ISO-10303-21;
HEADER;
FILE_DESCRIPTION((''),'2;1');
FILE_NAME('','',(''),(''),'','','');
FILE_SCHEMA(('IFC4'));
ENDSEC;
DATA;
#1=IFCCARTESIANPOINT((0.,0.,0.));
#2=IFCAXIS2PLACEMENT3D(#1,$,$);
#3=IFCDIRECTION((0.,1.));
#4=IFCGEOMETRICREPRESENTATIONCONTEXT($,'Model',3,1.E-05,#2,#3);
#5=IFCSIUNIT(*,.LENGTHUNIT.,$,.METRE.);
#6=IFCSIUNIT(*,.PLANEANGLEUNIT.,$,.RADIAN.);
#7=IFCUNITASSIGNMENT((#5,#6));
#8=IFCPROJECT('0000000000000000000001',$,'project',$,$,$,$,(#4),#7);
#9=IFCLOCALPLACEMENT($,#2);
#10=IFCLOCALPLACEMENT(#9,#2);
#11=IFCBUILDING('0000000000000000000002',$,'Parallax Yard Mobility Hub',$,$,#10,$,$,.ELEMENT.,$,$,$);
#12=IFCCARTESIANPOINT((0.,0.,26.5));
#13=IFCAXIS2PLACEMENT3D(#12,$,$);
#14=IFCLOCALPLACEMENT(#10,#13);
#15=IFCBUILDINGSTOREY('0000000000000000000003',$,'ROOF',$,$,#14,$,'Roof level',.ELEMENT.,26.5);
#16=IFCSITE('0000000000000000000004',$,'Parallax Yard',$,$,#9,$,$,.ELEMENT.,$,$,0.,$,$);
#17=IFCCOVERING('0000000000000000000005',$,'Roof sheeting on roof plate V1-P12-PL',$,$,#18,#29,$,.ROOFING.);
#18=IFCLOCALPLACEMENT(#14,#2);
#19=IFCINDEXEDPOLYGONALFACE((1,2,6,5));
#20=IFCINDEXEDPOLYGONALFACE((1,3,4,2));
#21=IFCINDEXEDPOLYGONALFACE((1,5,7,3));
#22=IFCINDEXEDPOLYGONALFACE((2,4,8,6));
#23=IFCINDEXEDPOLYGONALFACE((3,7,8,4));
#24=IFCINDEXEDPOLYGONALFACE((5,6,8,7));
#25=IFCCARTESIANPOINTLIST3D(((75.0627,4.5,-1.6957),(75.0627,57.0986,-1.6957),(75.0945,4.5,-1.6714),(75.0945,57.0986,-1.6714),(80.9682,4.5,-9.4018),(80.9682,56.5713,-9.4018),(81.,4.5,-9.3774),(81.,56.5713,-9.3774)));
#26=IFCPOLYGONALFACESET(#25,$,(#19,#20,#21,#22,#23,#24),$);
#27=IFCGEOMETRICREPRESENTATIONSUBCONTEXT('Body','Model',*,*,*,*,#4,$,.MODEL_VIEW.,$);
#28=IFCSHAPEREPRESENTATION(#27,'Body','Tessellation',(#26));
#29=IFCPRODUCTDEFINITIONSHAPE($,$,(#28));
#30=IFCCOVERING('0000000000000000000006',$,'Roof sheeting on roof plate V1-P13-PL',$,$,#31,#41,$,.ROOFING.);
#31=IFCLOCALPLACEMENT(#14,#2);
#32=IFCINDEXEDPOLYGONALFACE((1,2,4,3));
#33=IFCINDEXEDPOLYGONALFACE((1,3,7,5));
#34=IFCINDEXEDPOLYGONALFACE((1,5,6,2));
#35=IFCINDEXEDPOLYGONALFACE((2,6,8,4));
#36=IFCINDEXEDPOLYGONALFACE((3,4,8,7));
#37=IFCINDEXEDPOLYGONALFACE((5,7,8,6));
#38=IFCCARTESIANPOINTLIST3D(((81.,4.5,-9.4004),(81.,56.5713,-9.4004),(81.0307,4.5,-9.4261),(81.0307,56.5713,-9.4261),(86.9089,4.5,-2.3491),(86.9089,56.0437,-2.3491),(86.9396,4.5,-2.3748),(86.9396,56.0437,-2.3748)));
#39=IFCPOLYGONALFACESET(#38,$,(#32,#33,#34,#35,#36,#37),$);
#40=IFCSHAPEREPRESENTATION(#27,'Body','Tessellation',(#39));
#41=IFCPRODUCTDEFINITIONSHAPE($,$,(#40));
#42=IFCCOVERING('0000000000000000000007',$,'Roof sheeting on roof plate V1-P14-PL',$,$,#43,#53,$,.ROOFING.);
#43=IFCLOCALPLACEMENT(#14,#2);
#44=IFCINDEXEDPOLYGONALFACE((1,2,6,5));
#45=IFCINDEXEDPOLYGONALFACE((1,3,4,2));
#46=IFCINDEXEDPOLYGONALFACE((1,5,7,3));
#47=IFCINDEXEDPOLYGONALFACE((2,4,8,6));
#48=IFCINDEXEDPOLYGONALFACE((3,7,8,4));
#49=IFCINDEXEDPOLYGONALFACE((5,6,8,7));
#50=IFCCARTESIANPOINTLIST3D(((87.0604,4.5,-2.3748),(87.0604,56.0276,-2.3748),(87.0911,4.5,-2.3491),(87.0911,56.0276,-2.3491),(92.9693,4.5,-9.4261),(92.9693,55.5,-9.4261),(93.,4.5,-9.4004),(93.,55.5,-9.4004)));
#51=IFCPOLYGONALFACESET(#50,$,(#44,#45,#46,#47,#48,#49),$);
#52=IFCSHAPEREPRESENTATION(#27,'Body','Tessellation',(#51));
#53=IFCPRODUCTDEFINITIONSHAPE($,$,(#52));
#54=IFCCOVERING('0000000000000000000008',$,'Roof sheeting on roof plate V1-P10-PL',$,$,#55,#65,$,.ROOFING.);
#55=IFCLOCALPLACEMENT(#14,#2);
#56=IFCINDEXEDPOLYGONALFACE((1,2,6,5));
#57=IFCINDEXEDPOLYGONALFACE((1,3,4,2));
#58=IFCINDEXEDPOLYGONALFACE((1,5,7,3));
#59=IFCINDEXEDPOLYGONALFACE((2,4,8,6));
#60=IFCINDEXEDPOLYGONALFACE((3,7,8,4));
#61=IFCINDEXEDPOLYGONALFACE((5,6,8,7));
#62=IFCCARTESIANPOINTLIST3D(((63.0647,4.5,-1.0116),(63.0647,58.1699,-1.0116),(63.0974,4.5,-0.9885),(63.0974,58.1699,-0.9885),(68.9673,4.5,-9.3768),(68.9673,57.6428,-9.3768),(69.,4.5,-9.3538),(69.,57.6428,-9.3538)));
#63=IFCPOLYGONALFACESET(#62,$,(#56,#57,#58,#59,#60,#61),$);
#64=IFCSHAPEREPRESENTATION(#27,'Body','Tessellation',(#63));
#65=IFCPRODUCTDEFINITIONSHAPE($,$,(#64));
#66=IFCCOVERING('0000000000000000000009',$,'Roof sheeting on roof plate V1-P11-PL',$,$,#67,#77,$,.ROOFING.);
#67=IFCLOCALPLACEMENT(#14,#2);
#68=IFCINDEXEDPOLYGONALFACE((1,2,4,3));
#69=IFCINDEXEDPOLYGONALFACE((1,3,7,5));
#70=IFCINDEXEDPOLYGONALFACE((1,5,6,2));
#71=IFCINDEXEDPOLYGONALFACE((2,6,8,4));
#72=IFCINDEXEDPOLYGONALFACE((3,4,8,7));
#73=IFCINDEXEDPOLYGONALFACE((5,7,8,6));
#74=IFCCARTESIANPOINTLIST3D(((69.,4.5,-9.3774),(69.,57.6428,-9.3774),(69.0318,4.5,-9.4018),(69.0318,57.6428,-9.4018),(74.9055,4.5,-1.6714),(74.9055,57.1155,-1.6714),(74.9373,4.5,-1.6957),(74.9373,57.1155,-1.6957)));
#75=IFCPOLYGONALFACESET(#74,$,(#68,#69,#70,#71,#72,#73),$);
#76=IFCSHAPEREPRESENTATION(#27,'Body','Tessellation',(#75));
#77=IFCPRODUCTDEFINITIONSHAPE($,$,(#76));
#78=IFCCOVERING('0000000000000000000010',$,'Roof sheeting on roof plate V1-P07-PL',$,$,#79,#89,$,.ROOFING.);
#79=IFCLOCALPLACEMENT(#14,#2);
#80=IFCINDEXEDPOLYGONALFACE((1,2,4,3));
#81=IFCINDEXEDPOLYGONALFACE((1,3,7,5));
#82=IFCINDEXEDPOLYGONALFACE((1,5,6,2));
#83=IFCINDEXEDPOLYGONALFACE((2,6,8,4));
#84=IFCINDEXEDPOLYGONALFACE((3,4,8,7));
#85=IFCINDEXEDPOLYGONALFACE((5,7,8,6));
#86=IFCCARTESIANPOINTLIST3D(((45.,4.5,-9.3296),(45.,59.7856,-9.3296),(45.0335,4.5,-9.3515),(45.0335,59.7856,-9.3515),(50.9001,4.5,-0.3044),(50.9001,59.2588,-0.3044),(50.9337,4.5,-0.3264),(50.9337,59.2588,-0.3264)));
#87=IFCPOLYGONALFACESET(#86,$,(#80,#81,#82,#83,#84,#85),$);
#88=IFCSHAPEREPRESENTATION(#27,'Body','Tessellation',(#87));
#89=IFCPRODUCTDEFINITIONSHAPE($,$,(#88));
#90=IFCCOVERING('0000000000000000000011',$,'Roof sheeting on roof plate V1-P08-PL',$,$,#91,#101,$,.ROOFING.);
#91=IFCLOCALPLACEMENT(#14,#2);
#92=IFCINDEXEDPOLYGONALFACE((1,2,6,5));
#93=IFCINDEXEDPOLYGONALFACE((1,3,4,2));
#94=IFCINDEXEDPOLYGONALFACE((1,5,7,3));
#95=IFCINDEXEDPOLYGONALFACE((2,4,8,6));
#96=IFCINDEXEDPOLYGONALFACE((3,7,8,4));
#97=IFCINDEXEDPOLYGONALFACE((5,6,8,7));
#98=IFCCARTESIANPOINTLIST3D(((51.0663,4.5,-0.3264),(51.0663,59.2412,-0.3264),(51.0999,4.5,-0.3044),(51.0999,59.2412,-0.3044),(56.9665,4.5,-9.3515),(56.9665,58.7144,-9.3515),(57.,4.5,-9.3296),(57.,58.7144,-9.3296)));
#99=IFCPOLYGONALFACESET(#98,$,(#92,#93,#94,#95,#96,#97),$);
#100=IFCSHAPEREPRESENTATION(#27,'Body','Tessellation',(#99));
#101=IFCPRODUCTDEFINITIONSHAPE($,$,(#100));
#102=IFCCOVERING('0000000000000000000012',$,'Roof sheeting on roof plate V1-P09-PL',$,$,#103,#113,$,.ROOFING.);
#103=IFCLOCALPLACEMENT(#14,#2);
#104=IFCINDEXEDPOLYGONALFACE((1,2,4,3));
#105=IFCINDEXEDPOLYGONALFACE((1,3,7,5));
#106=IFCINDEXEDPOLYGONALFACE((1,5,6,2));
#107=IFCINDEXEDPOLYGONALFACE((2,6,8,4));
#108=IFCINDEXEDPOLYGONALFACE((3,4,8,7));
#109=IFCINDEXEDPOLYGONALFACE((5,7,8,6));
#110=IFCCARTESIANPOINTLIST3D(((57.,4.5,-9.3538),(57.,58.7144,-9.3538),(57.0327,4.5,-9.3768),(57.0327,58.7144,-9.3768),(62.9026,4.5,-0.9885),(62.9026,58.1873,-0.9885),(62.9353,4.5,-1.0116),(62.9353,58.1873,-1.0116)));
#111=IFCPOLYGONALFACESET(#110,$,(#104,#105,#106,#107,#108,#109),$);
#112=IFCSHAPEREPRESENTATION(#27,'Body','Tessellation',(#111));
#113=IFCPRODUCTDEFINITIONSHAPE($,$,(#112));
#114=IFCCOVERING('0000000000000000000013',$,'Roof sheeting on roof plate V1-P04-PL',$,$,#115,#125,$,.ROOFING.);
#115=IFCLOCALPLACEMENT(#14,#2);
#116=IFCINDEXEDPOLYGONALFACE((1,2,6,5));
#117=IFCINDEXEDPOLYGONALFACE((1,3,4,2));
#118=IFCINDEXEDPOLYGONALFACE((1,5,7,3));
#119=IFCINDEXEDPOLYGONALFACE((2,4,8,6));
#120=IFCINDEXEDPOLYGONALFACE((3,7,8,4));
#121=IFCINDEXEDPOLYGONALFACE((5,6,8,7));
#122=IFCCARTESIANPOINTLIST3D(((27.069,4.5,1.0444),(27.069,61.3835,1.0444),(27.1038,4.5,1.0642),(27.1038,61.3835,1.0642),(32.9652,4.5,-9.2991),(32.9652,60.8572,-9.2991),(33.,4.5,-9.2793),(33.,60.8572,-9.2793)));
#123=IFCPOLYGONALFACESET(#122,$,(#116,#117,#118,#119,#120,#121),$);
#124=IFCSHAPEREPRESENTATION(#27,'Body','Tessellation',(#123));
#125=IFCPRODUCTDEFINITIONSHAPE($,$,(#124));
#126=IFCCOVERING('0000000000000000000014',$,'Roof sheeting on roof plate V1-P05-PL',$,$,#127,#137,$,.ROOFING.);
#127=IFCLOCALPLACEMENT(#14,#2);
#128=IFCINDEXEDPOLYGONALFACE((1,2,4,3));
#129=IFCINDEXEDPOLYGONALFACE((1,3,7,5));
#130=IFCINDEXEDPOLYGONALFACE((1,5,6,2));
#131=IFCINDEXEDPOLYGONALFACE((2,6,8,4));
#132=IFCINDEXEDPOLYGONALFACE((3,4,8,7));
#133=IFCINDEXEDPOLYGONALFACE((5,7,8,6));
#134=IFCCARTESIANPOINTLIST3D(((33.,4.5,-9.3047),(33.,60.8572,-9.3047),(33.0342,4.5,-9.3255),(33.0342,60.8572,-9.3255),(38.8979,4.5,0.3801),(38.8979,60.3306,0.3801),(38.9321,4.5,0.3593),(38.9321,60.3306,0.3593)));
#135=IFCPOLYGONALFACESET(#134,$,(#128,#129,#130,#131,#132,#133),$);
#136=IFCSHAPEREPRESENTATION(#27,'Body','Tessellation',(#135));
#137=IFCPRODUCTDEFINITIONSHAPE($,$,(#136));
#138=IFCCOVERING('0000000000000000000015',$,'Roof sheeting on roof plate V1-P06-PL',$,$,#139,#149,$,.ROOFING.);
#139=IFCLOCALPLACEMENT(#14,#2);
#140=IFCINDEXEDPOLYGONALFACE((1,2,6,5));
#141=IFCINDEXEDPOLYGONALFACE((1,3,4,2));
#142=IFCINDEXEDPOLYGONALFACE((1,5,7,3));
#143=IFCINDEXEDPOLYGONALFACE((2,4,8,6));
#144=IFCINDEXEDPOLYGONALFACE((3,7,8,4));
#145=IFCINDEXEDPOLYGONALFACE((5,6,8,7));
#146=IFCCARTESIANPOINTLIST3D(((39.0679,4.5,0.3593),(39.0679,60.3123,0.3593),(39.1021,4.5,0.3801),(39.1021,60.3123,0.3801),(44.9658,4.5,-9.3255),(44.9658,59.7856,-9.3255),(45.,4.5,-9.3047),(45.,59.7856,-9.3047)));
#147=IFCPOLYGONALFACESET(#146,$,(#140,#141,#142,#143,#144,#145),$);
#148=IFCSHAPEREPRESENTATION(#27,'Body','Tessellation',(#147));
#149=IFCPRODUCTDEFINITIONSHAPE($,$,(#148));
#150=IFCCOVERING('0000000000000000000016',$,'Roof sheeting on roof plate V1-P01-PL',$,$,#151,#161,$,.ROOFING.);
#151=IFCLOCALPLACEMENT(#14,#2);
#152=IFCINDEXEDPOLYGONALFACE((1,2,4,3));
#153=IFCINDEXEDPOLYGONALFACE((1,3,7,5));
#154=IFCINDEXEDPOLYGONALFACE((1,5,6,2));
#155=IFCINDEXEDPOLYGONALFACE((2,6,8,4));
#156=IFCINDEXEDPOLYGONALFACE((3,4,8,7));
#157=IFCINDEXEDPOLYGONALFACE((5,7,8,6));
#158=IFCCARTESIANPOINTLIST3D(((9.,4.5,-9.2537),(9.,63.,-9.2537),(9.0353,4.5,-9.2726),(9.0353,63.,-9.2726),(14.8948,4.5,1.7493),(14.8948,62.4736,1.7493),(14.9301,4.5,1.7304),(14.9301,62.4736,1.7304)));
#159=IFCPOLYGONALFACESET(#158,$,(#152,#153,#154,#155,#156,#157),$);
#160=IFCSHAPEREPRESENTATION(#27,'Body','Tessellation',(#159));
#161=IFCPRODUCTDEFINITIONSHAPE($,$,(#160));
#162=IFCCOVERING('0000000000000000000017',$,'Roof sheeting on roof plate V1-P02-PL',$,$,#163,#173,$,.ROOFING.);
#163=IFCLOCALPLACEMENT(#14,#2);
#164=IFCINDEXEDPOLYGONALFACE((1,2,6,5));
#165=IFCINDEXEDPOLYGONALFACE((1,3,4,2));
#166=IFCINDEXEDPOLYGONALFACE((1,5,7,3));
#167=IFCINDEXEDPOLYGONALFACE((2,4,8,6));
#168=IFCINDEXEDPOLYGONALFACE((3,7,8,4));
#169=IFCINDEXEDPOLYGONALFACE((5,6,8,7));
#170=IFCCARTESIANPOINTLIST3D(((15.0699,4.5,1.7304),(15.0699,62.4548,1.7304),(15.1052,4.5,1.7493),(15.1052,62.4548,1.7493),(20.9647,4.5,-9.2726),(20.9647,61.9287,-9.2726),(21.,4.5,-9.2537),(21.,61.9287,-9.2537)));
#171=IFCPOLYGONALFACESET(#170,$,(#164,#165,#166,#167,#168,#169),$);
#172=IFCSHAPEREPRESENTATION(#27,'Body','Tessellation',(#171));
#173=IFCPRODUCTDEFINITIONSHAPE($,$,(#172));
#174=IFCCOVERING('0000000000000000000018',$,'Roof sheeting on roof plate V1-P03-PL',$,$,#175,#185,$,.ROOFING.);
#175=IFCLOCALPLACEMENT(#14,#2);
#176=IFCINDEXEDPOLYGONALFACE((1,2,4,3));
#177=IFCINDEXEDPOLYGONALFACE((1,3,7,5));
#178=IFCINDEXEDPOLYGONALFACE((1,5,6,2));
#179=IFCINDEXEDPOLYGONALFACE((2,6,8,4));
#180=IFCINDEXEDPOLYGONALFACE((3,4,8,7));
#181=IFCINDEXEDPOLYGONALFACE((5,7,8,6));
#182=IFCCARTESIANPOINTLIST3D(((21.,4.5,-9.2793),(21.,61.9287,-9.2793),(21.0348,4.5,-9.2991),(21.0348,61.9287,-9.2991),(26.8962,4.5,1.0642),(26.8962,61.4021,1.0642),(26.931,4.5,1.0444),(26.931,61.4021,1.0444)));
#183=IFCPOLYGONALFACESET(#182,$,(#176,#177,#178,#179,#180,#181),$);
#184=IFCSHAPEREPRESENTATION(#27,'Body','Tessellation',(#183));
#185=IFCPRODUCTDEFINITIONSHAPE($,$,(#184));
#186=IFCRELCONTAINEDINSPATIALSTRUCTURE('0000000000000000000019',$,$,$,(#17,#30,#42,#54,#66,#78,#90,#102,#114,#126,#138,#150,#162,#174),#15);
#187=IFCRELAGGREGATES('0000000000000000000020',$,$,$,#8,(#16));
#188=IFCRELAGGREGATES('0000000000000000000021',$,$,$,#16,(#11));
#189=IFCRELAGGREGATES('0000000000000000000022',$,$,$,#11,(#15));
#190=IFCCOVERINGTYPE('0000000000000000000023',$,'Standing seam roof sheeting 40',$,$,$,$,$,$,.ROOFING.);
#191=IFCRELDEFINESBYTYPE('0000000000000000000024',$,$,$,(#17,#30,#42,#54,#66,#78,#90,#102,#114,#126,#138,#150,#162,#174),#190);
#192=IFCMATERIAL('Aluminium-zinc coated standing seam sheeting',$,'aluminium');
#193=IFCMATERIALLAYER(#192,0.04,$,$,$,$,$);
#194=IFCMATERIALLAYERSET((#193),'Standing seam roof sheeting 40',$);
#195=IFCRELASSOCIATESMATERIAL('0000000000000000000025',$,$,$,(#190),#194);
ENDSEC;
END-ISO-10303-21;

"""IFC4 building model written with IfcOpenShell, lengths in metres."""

from ifc_helpers import new_model, si_unit, direction, frame, origin, place, context, subcontext, project, spatial, polyline, outline, extrude, material, layer, layer_set, type_object, element, save


model = new_model("IFC4")

# Units and contexts
model_context = context("Model", 3, precision=1e-05, world=origin(), true_north=direction((0.0, 1.0)))
body_context = subcontext(model_context, "Body", "Model", "MODEL_VIEW")
ifc_project = project(units=[si_unit("LENGTHUNIT", "METRE"), si_unit("PLANEANGLEUNIT", "RADIAN")], contexts=[model_context])

# Site, building, storey
site_placement = place(None, origin())
site = spatial("IfcSite", under=ifc_project, at=site_placement, Name="Parallax Yard", CompositionType="ELEMENT", RefElevation=0.0)
building_placement = place(site_placement, origin())
building = spatial("IfcBuilding", under=site, at=building_placement, Name="Parallax Yard Mobility Hub", CompositionType="ELEMENT")
storey_placement = place(building_placement, frame((0.0, 0.0, 26.5)))
storey = spatial("IfcBuildingStorey", under=building, at=storey_placement, Name="ROOF", LongName="Roof level", CompositionType="ELEMENT", Elevation=26.5)

# Shared definitions
placement = place(building_placement, frame((0.0, 0.0, 13.2)))

# Coverings
ifc_material_1 = material(Name="Aluminium-zinc coated standing seam sheeting", Category="aluminium")
ifc_layer_1 = layer(ifc_material_1, 0.04)
ifc_layer_set_1 = layer_set([ifc_layer_1], Name="Standing seam roof sheeting 40")
covering_type = type_object("IfcCoveringType", Name="Standing seam roof sheeting 40", PredefinedType="ROOFING", material=ifc_layer_set_1)
covering_1_placement = place(placement, frame((75.0945, 4.5, 11.6287), z_axis=(0.793729, 0.0, 0.608272), x_axis=(0.608272, 0.0, -0.793729)))
element("IfcCovering", 1, at=covering_1_placement, inside=storey, type_object=covering_type, Name="Roof sheeting on roof plate V1-P12-PL", PredefinedType="ROOFING", context=body_context, shape_type="SweptSolid", body=[
    extrude(outline(polyline([(0.0, 0.0), (9.7087, 0.0), (9.7087, 52.0713), (0.0, 52.5986), (0.0, 0.0)])), origin(), (0.0, 0.0, -1.0), 0.04),
])
covering_2_placement = place(placement, frame((81.0, 4.5, 3.8997), z_axis=(-0.766461, 0.0, 0.642291), x_axis=(0.642291, 0.0, 0.766461)))
element("IfcCovering", 2, at=covering_2_placement, inside=storey, type_object=covering_type, Name="Roof sheeting on roof plate V1-P13-PL", PredefinedType="ROOFING", context=body_context, shape_type="SweptSolid", body=[
    extrude(outline(polyline([(0.0, 0.0), (9.1998, 0.0), (9.1998, 51.5437), (0.0, 52.0713), (0.0, 0.0)])), origin(), (0.0, 0.0, -1.0), 0.04),
])
covering_3_placement = place(placement, frame((87.0911, 4.5, 10.9509), z_axis=(0.766461, 0.0, 0.642291), x_axis=(0.642291, 0.0, -0.766461)))
element("IfcCovering", 3, at=covering_3_placement, inside=storey, type_object=covering_type, Name="Roof sheeting on roof plate V1-P14-PL", PredefinedType="ROOFING", context=body_context, shape_type="SweptSolid", body=[
    extrude(outline(polyline([(0.0, 0.0), (9.1998, 0.0), (9.1998, 51.0), (0.0, 51.5276), (0.0, 0.0)])), origin(), (0.0, 0.0, -1.0), 0.04),
])
covering_4_placement = place(placement, frame((63.0974, 4.5, 12.3115), z_axis=(0.817073, 0.0, 0.576534), x_axis=(0.576534, 0.0, -0.817073)))
element("IfcCovering", 4, at=covering_4_placement, inside=storey, type_object=covering_type, Name="Roof sheeting on roof plate V1-P10-PL", PredefinedType="ROOFING", context=body_context, shape_type="SweptSolid", body=[
    extrude(outline(polyline([(0.0, 0.0), (10.2381, 0.0), (10.2381, 53.1428), (0.0, 53.6699), (0.0, 0.0)])), origin(), (0.0, 0.0, -1.0), 0.04),
])
covering_5_placement = place(placement, frame((69.0, 4.5, 3.9226), z_axis=(-0.793729, 0.0, 0.608272), x_axis=(0.608272, 0.0, 0.793729)))
element("IfcCovering", 5, at=covering_5_placement, inside=storey, type_object=covering_type, Name="Roof sheeting on roof plate V1-P11-PL", PredefinedType="ROOFING", context=body_context, shape_type="SweptSolid", body=[
    extrude(outline(polyline([(0.0, 0.0), (9.7087, 0.0), (9.7087, 52.6155), (0.0, 53.1428), (0.0, 0.0)])), origin(), (0.0, 0.0, -1.0), 0.04),
])
covering_6_placement = place(placement, frame((45.0, 4.5, 3.9705), z_axis=(-0.837008, 0.0, 0.54719), x_axis=(0.54719, 0.0, 0.837008)))
element("IfcCovering", 6, at=covering_6_placement, inside=storey, type_object=covering_type, Name="Roof sheeting on roof plate V1-P07-PL", PredefinedType="ROOFING", context=body_context, shape_type="SweptSolid", body=[
    extrude(outline(polyline([(0.0, 0.0), (10.7826, 0.0), (10.7826, 54.7588), (0.0, 55.2856), (0.0, 0.0)])), origin(), (0.0, 0.0, -1.0), 0.04),
])
covering_7_placement = place(placement, frame((51.0999, 4.5, 12.9956), z_axis=(0.837008, 0.0, 0.54719), x_axis=(0.54719, 0.0, -0.837008)))
element("IfcCovering", 7, at=covering_7_placement, inside=storey, type_object=covering_type, Name="Roof sheeting on roof plate V1-P08-PL", PredefinedType="ROOFING", context=body_context, shape_type="SweptSolid", body=[
    extrude(outline(polyline([(0.0, 0.0), (10.7826, 0.0), (10.7826, 54.2144), (0.0, 54.7412), (0.0, 0.0)])), origin(), (0.0, 0.0, -1.0), 0.04),
])
covering_8_placement = place(placement, frame((57.0, 4.5, 3.9463), z_axis=(-0.817073, 0.0, 0.576534), x_axis=(0.576534, 0.0, 0.817073)))
element("IfcCovering", 8, at=covering_8_placement, inside=storey, type_object=covering_type, Name="Roof sheeting on roof plate V1-P09-PL", PredefinedType="ROOFING", context=body_context, shape_type="SweptSolid", body=[
    extrude(outline(polyline([(0.0, 0.0), (10.2381, 0.0), (10.2381, 53.6873), (0.0, 54.2144), (0.0, 0.0)])), origin(), (0.0, 0.0, -1.0), 0.04),
])
covering_9_placement = place(placement, frame((27.1038, 4.5, 14.3643), z_axis=(0.868761, 0.0, 0.495231), x_axis=(0.495231, 0.0, -0.868761)))
element("IfcCovering", 9, at=covering_9_placement, inside=storey, type_object=covering_type, Name="Roof sheeting on roof plate V1-P04-PL", PredefinedType="ROOFING", context=body_context, shape_type="SweptSolid", body=[
    extrude(outline(polyline([(0.0, 0.0), (11.906, 0.0), (11.906, 56.3572), (0.0, 56.8835), (0.0, 0.0)])), origin(), (0.0, 0.0, -1.0), 0.04),
])
covering_10_placement = place(placement, frame((33.0, 4.5, 3.9954), z_axis=(-0.854087, 0.0, 0.52013), x_axis=(0.52013, 0.0, 0.854087)))
element("IfcCovering", 10, at=covering_10_placement, inside=storey, type_object=covering_type, Name="Roof sheeting on roof plate V1-P05-PL", PredefinedType="ROOFING", context=body_context, shape_type="SweptSolid", body=[
    extrude(outline(polyline([(0.0, 0.0), (11.3394, 0.0), (11.3394, 55.8306), (0.0, 56.3572), (0.0, 0.0)])), origin(), (0.0, 0.0, -1.0), 0.04),
])
covering_11_placement = place(placement, frame((39.1021, 4.5, 13.6802), z_axis=(0.854087, 0.0, 0.52013), x_axis=(0.52013, 0.0, -0.854087)))
element("IfcCovering", 11, at=covering_11_placement, inside=storey, type_object=covering_type, Name="Roof sheeting on roof plate V1-P06-PL", PredefinedType="ROOFING", context=body_context, shape_type="SweptSolid", body=[
    extrude(outline(polyline([(0.0, 0.0), (11.3394, 0.0), (11.3394, 55.2856), (0.0, 55.8123), (0.0, 0.0)])), origin(), (0.0, 0.0, -1.0), 0.04),
])
covering_12_placement = place(placement, frame((9.0, 4.5, 4.0464), z_axis=(-0.881468, 0.0, 0.472243), x_axis=(0.472243, 0.0, 0.881468)))
element("IfcCovering", 12, at=covering_12_placement, inside=storey, type_object=covering_type, Name="Roof sheeting on roof plate V1-P01-PL", PredefinedType="ROOFING", context=body_context, shape_type="SweptSolid", body=[
    extrude(outline(polyline([(0.0, 0.0), (12.4825, 0.0), (12.4825, 57.9736), (0.0, 58.5), (0.0, 0.0)])), origin(), (0.0, 0.0, -1.0), 0.04),
])
covering_13_placement = place(placement, frame((15.1052, 4.5, 15.0493), z_axis=(0.881468, 0.0, 0.472243), x_axis=(0.472243, 0.0, -0.881468)))
element("IfcCovering", 13, at=covering_13_placement, inside=storey, type_object=covering_type, Name="Roof sheeting on roof plate V1-P02-PL", PredefinedType="ROOFING", context=body_context, shape_type="SweptSolid", body=[
    extrude(outline(polyline([(0.0, 0.0), (12.4825, 0.0), (12.4825, 57.4287), (0.0, 57.9548), (0.0, 0.0)])), origin(), (0.0, 0.0, -1.0), 0.04),
])
covering_14_placement = place(placement, frame((21.0, 4.5, 4.0208), z_axis=(-0.868761, 0.0, 0.495231), x_axis=(0.495231, 0.0, 0.868761)))
element("IfcCovering", 14, at=covering_14_placement, inside=storey, type_object=covering_type, Name="Roof sheeting on roof plate V1-P03-PL", PredefinedType="ROOFING", context=body_context, shape_type="SweptSolid", body=[
    extrude(outline(polyline([(0.0, 0.0), (11.906, 0.0), (11.906, 56.9021), (0.0, 57.4287), (0.0, 0.0)])), origin(), (0.0, 0.0, -1.0), 0.04),
])

save(model, "model.ifc")
